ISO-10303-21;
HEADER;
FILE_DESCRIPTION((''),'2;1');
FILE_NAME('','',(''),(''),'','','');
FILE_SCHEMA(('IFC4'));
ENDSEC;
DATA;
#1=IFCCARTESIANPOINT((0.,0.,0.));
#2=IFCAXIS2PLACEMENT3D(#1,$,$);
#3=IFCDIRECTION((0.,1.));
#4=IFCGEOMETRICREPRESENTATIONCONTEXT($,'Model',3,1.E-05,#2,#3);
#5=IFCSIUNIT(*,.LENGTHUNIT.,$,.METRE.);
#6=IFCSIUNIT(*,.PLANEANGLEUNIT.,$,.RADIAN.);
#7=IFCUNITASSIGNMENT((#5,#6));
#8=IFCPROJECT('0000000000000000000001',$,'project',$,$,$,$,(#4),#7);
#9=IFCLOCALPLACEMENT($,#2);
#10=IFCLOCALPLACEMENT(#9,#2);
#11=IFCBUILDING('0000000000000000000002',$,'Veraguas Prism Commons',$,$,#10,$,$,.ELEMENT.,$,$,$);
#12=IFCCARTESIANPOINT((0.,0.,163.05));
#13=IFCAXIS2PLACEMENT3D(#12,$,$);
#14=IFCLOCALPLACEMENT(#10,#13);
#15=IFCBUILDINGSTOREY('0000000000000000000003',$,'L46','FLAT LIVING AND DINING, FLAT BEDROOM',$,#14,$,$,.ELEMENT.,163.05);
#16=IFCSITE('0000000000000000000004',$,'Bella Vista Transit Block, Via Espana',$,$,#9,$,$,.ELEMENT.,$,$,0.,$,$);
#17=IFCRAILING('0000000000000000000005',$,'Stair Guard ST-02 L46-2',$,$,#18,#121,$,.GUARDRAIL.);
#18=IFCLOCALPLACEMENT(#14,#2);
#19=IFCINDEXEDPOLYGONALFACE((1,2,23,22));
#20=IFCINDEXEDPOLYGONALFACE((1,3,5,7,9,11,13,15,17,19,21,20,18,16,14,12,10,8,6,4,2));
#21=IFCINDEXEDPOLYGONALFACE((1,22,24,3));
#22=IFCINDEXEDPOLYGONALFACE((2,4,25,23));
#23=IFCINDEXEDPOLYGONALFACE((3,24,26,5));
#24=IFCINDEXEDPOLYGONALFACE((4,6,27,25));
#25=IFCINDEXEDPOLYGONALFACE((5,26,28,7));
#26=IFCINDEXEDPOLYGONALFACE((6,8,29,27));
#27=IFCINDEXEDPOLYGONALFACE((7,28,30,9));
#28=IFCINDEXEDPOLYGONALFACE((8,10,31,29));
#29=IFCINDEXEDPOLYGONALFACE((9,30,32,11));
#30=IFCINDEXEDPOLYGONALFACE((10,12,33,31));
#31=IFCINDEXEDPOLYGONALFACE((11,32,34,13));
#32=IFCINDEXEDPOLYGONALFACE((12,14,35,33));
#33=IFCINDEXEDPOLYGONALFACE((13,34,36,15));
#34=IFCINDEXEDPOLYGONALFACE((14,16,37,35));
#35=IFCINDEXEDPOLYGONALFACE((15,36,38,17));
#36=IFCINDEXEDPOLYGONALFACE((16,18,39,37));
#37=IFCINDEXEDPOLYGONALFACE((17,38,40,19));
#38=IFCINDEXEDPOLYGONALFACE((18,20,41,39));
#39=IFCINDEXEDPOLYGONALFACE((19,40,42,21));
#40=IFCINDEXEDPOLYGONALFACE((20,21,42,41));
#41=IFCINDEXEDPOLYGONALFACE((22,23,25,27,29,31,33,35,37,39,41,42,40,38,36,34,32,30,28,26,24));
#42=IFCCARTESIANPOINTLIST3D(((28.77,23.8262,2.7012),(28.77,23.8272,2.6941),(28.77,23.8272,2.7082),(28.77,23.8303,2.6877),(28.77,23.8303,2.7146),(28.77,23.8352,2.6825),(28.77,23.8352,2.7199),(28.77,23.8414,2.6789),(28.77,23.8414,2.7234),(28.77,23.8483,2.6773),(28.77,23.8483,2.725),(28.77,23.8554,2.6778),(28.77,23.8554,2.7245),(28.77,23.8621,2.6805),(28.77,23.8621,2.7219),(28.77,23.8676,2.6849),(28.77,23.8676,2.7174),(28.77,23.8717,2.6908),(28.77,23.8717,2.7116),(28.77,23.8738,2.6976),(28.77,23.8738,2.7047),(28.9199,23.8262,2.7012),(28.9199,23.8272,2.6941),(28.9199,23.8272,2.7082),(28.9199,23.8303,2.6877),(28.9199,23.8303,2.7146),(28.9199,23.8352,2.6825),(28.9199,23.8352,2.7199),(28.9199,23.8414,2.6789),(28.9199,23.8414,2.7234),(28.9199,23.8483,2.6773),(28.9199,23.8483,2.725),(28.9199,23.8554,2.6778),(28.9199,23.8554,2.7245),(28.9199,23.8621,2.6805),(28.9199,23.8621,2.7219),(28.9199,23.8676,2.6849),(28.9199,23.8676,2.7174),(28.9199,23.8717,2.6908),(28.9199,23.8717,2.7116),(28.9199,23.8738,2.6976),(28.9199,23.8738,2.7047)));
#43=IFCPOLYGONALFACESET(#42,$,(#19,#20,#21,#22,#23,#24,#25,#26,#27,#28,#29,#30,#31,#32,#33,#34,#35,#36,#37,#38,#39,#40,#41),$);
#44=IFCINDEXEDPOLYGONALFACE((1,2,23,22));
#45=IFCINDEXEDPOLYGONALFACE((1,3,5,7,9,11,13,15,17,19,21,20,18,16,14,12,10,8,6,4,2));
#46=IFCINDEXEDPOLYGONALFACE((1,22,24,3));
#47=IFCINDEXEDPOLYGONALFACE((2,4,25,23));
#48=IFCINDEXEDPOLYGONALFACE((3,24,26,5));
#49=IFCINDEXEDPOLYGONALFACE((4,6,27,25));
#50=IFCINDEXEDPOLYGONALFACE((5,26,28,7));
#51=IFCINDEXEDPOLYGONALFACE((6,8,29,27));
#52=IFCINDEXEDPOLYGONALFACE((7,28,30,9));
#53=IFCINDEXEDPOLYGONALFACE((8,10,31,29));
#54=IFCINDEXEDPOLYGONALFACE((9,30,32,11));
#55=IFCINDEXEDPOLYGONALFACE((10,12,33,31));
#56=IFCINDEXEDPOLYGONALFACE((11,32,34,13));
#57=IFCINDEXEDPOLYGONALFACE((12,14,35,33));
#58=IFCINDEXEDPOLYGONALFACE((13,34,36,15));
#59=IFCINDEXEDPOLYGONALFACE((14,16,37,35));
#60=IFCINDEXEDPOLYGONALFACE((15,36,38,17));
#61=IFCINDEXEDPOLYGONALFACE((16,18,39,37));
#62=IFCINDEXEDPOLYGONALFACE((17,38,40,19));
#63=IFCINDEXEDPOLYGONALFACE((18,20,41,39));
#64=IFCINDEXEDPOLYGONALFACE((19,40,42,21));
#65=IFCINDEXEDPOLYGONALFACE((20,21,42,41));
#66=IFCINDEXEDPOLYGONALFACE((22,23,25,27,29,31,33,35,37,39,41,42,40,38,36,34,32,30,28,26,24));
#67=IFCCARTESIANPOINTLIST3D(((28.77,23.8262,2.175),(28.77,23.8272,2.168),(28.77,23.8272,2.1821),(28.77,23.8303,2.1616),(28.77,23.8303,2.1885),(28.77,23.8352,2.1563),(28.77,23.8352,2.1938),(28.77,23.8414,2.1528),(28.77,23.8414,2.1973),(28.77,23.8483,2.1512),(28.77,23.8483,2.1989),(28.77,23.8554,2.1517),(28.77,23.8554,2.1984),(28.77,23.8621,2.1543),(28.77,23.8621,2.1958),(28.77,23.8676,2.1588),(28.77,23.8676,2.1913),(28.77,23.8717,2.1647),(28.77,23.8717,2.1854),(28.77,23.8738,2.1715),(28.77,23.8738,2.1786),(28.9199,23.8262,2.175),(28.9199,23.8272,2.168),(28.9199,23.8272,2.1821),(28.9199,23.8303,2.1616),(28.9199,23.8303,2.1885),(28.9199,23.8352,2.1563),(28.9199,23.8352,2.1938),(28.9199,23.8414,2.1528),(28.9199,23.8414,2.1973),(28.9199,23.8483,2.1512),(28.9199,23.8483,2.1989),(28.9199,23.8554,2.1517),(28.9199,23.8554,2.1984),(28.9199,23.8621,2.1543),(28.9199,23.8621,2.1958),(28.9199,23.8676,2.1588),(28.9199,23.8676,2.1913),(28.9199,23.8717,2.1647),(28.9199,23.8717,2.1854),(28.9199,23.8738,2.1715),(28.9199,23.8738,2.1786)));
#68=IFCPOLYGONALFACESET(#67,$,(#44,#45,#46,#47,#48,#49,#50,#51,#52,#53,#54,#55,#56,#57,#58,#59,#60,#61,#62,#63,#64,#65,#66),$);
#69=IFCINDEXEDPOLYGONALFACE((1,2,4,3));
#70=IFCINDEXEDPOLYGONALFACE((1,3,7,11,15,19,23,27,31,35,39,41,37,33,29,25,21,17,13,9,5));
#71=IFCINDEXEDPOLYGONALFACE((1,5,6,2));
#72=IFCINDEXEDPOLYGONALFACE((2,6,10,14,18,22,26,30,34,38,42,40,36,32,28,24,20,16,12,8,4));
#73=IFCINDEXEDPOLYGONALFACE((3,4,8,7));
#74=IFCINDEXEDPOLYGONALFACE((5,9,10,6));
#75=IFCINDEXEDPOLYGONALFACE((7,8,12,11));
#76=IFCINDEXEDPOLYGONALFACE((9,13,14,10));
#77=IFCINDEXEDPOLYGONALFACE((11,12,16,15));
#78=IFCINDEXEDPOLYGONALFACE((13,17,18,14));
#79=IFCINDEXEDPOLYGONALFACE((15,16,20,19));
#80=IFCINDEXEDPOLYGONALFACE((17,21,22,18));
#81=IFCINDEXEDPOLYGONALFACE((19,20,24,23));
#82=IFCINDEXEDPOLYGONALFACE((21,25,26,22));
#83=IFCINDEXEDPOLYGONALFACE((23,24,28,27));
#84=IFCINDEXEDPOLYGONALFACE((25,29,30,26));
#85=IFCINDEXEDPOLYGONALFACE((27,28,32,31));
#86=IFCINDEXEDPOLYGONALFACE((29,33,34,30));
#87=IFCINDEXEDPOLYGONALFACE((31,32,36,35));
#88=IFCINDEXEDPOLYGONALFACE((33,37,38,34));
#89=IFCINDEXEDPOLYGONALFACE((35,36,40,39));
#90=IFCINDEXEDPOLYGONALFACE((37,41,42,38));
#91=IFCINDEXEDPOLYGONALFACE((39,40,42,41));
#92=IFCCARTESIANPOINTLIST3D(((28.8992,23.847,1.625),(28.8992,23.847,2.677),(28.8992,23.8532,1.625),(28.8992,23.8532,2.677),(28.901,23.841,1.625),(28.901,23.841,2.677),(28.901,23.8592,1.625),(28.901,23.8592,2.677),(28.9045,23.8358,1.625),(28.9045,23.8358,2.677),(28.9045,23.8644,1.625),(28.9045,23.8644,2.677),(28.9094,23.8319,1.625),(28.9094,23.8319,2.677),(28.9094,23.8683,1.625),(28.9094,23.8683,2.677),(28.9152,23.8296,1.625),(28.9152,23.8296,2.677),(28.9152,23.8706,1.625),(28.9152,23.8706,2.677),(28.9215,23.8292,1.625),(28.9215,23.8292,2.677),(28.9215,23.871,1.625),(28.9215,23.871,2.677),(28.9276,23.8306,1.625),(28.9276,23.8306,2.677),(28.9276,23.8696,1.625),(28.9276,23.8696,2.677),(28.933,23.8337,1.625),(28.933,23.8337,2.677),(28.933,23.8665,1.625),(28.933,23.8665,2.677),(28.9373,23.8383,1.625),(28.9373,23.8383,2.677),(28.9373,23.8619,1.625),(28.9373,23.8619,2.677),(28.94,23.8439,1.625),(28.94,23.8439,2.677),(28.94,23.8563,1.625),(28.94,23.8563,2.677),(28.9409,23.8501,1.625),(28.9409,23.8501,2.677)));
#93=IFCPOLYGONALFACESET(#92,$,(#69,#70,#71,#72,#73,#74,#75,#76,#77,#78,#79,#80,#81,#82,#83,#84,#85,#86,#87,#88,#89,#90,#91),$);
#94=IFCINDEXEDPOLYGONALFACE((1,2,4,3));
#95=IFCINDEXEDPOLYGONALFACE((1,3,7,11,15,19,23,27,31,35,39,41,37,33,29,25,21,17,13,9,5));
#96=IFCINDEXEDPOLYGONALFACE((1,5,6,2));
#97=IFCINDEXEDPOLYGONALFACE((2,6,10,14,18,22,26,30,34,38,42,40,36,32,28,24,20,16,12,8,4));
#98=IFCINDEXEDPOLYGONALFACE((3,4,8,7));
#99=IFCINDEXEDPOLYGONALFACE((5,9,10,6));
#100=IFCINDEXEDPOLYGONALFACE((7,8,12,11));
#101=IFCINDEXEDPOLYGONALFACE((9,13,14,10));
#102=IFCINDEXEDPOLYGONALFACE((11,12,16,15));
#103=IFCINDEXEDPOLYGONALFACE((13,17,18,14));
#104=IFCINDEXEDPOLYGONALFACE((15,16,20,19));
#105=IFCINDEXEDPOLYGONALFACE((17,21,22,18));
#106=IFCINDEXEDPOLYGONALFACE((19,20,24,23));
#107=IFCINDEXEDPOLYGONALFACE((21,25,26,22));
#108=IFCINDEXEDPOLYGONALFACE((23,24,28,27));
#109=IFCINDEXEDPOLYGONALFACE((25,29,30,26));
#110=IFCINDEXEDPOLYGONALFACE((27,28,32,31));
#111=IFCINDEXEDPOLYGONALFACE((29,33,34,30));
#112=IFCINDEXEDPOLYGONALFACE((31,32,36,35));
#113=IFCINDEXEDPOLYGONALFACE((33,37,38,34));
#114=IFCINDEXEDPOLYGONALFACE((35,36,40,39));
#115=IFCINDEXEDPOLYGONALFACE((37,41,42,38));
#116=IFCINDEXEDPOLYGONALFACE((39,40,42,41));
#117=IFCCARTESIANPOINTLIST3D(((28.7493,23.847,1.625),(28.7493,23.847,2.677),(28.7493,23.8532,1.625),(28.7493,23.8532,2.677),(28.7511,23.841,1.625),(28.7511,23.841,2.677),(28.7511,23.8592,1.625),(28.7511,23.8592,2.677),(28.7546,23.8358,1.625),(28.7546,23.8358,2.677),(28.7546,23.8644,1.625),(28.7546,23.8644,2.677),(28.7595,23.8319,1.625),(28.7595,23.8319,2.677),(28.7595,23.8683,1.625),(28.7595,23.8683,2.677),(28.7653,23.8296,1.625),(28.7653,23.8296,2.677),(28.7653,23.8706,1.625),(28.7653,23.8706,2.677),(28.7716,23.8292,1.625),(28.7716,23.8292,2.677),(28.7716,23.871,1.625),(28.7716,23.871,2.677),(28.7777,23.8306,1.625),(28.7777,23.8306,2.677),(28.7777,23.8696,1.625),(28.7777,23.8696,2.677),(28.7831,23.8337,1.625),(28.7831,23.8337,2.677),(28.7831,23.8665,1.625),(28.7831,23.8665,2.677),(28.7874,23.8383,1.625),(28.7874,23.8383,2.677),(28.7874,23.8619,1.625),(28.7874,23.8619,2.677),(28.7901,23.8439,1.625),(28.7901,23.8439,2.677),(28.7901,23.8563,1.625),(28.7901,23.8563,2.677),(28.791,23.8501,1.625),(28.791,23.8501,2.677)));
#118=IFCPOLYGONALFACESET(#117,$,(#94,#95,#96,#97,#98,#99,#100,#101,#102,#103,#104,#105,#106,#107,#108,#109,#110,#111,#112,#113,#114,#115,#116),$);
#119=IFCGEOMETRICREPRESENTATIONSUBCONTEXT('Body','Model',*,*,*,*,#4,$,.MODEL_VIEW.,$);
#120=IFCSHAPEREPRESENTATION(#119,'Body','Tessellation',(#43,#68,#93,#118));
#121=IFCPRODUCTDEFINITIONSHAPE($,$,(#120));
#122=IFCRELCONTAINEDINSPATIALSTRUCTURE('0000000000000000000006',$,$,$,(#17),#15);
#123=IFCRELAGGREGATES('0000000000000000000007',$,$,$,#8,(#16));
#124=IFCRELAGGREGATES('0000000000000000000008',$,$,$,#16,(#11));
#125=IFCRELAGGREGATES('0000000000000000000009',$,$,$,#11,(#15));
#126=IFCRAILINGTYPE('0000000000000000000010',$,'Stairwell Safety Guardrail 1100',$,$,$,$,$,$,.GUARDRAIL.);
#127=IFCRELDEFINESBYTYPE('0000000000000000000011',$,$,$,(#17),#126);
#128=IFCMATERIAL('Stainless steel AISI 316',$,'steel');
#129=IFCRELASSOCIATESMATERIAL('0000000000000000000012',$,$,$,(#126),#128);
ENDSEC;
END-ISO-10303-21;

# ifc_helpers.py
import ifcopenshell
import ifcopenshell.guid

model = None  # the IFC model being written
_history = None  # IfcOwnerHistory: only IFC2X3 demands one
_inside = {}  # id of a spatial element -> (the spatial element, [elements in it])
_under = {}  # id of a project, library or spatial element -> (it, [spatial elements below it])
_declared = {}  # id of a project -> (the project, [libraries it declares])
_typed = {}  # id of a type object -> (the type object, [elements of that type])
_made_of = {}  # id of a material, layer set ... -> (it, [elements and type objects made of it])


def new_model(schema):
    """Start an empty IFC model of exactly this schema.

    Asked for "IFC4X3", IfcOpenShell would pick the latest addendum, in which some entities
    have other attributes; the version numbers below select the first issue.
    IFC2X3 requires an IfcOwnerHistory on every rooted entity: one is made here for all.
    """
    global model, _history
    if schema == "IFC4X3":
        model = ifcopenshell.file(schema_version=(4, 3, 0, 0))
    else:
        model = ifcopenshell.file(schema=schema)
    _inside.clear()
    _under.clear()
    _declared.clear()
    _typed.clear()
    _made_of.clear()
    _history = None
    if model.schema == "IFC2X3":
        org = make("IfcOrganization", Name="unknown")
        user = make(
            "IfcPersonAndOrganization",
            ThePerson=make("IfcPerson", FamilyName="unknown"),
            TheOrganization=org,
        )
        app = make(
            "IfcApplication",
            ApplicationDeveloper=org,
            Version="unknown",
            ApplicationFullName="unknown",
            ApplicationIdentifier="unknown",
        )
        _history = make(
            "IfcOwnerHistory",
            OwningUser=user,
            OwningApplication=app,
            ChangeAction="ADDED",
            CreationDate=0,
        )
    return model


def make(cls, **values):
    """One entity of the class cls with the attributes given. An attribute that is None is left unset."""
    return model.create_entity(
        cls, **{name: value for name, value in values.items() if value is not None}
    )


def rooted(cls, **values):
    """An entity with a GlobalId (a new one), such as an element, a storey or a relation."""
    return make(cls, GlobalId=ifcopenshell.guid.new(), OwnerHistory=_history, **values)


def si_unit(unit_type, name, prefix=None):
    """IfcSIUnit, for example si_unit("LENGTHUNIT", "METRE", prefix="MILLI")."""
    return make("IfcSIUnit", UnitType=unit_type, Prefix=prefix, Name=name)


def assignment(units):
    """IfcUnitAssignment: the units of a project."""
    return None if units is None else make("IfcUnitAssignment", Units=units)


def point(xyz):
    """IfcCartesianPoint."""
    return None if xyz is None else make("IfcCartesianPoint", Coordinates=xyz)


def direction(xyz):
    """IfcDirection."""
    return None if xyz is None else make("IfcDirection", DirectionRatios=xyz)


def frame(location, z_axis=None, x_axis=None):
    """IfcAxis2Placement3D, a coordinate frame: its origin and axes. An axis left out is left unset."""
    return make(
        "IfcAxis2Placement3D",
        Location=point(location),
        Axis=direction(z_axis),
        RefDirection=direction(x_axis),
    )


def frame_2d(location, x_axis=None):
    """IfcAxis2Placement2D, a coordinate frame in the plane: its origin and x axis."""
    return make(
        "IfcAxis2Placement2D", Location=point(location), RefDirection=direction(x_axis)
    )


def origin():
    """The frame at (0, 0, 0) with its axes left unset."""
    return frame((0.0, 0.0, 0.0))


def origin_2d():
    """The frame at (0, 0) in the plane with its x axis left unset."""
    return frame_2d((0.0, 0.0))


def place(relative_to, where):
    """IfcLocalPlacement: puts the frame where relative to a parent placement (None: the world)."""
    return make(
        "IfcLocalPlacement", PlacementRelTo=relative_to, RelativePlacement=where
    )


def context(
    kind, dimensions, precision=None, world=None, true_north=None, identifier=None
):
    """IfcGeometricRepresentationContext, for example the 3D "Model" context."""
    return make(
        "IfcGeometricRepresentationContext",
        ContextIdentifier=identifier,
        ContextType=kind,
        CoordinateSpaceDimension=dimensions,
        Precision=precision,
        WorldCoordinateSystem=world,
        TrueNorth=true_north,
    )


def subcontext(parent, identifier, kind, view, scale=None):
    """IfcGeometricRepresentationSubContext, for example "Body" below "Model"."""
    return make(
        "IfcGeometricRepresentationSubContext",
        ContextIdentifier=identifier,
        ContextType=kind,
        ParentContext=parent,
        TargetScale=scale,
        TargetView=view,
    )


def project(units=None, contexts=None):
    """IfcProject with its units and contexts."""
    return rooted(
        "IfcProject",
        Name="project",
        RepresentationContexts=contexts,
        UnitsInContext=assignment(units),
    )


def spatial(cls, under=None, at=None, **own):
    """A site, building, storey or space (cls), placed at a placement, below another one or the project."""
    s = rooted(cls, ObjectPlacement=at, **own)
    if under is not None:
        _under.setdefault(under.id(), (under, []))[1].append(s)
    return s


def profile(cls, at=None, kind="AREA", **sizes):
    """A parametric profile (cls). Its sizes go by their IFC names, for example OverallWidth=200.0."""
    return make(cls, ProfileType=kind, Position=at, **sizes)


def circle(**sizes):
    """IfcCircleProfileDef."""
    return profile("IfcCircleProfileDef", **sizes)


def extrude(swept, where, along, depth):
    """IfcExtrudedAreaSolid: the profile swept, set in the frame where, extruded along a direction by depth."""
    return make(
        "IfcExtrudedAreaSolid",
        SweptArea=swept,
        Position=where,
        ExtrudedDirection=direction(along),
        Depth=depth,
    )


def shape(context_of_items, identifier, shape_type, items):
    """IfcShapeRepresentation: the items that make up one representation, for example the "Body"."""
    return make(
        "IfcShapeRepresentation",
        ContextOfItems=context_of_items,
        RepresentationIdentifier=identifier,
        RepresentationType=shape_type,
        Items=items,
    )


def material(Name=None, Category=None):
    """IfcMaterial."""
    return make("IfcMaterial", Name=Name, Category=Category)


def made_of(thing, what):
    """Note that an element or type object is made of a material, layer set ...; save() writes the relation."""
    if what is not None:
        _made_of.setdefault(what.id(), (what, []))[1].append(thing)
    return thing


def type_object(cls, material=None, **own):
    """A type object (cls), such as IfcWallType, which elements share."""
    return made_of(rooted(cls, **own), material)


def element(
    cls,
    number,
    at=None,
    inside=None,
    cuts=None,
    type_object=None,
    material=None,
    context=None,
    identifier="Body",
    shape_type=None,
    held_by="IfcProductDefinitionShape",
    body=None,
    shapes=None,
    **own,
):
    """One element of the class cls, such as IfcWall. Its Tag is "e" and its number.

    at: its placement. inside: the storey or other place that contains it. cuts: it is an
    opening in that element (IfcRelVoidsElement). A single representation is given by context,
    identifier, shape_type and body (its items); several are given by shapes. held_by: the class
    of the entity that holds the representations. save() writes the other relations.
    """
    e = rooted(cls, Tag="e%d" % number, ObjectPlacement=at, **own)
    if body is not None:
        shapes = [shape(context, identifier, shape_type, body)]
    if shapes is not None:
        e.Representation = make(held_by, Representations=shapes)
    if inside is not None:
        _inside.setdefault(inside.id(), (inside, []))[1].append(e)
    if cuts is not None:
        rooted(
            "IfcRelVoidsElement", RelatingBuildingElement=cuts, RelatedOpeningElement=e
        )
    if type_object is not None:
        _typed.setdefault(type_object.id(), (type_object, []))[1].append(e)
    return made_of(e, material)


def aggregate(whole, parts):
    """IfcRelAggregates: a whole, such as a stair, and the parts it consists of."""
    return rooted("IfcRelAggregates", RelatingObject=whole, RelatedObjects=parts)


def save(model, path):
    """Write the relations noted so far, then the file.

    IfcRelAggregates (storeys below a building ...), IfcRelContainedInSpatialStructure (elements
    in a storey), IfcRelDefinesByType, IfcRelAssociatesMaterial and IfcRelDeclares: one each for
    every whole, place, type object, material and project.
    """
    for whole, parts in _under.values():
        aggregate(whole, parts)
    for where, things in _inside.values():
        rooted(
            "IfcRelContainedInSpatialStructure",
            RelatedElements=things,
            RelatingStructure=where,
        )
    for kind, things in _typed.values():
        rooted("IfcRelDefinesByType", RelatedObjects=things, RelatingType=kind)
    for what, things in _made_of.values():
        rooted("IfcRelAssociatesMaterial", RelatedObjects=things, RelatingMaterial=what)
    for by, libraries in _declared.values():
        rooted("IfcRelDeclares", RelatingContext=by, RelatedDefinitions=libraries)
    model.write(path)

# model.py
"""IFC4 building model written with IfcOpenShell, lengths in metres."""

from ifc_helpers import new_model, si_unit, direction, frame, origin, origin_2d, place, context, subcontext, project, spatial, circle, extrude, material, type_object, element, save


model = new_model("IFC4")

# Units and contexts
model_context = context("Model", 3, precision=1e-05, world=origin(), true_north=direction((0.0, 1.0)))
body_context = subcontext(model_context, "Body", "Model", "MODEL_VIEW")
ifc_project = project(units=[si_unit("LENGTHUNIT", "METRE"), si_unit("PLANEANGLEUNIT", "RADIAN")], contexts=[model_context])

# Site, building, storey
site_placement = place(None, origin())
site = spatial("IfcSite", under=ifc_project, at=site_placement, Name="Bella Vista Transit Block, Via Espana", CompositionType="ELEMENT", RefElevation=0.0)
building_placement = place(site_placement, origin())
building = spatial("IfcBuilding", under=site, at=building_placement, Name="Veraguas Prism Commons", CompositionType="ELEMENT")
storey_placement = place(building_placement, frame((0.0, 0.0, 163.05)))
storey = spatial("IfcBuildingStorey", under=building, at=storey_placement, Name="L46", Description="FLAT LIVING AND DINING, FLAT BEDROOM", CompositionType="ELEMENT", Elevation=163.05)

# Shared definitions
ifc_material_1 = material(Name="Stainless steel AISI 316", Category="steel")

# Railing
railing_type_1 = type_object("IfcRailingType", Name="Stairwell Safety Guardrail 1100", PredefinedType="GUARDRAIL", material=ifc_material_1)
railing_1_placement = place(storey_placement, frame((28.9199, 23.8501, 1.625)))
element("IfcRailing", 1, at=railing_1_placement, inside=storey, type_object=railing_type_1, Name="Stair Guard ST-02 L46-2", PredefinedType="GUARDRAIL", context=body_context, shape_type="SweptSolid", body=[
    extrude(circle(Radius=0.0239, at=origin_2d()), frame((0.0, 0.0, 1.0762), z_axis=(-1.0, 0.0, 0.0), x_axis=(0.0, -1.0, 0.0)), (0.0, 0.0, 1.0), 0.1499),
    extrude(circle(Radius=0.0239, at=origin_2d()), frame((0.0, 0.0, 0.55), z_axis=(-1.0, 0.0, 0.0), x_axis=(0.0, -1.0, 0.0)), (0.0, 0.0, 1.0), 0.1499),
    extrude(circle(Radius=0.021, at=origin_2d()), origin(), (0.0, 0.0, 1.0), 1.052),
    extrude(circle(Radius=0.021, at=origin_2d()), frame((-0.1499, 0.0, 0.0)), (0.0, 0.0, 1.0), 1.052),
])

save(model, "model.ifc")
